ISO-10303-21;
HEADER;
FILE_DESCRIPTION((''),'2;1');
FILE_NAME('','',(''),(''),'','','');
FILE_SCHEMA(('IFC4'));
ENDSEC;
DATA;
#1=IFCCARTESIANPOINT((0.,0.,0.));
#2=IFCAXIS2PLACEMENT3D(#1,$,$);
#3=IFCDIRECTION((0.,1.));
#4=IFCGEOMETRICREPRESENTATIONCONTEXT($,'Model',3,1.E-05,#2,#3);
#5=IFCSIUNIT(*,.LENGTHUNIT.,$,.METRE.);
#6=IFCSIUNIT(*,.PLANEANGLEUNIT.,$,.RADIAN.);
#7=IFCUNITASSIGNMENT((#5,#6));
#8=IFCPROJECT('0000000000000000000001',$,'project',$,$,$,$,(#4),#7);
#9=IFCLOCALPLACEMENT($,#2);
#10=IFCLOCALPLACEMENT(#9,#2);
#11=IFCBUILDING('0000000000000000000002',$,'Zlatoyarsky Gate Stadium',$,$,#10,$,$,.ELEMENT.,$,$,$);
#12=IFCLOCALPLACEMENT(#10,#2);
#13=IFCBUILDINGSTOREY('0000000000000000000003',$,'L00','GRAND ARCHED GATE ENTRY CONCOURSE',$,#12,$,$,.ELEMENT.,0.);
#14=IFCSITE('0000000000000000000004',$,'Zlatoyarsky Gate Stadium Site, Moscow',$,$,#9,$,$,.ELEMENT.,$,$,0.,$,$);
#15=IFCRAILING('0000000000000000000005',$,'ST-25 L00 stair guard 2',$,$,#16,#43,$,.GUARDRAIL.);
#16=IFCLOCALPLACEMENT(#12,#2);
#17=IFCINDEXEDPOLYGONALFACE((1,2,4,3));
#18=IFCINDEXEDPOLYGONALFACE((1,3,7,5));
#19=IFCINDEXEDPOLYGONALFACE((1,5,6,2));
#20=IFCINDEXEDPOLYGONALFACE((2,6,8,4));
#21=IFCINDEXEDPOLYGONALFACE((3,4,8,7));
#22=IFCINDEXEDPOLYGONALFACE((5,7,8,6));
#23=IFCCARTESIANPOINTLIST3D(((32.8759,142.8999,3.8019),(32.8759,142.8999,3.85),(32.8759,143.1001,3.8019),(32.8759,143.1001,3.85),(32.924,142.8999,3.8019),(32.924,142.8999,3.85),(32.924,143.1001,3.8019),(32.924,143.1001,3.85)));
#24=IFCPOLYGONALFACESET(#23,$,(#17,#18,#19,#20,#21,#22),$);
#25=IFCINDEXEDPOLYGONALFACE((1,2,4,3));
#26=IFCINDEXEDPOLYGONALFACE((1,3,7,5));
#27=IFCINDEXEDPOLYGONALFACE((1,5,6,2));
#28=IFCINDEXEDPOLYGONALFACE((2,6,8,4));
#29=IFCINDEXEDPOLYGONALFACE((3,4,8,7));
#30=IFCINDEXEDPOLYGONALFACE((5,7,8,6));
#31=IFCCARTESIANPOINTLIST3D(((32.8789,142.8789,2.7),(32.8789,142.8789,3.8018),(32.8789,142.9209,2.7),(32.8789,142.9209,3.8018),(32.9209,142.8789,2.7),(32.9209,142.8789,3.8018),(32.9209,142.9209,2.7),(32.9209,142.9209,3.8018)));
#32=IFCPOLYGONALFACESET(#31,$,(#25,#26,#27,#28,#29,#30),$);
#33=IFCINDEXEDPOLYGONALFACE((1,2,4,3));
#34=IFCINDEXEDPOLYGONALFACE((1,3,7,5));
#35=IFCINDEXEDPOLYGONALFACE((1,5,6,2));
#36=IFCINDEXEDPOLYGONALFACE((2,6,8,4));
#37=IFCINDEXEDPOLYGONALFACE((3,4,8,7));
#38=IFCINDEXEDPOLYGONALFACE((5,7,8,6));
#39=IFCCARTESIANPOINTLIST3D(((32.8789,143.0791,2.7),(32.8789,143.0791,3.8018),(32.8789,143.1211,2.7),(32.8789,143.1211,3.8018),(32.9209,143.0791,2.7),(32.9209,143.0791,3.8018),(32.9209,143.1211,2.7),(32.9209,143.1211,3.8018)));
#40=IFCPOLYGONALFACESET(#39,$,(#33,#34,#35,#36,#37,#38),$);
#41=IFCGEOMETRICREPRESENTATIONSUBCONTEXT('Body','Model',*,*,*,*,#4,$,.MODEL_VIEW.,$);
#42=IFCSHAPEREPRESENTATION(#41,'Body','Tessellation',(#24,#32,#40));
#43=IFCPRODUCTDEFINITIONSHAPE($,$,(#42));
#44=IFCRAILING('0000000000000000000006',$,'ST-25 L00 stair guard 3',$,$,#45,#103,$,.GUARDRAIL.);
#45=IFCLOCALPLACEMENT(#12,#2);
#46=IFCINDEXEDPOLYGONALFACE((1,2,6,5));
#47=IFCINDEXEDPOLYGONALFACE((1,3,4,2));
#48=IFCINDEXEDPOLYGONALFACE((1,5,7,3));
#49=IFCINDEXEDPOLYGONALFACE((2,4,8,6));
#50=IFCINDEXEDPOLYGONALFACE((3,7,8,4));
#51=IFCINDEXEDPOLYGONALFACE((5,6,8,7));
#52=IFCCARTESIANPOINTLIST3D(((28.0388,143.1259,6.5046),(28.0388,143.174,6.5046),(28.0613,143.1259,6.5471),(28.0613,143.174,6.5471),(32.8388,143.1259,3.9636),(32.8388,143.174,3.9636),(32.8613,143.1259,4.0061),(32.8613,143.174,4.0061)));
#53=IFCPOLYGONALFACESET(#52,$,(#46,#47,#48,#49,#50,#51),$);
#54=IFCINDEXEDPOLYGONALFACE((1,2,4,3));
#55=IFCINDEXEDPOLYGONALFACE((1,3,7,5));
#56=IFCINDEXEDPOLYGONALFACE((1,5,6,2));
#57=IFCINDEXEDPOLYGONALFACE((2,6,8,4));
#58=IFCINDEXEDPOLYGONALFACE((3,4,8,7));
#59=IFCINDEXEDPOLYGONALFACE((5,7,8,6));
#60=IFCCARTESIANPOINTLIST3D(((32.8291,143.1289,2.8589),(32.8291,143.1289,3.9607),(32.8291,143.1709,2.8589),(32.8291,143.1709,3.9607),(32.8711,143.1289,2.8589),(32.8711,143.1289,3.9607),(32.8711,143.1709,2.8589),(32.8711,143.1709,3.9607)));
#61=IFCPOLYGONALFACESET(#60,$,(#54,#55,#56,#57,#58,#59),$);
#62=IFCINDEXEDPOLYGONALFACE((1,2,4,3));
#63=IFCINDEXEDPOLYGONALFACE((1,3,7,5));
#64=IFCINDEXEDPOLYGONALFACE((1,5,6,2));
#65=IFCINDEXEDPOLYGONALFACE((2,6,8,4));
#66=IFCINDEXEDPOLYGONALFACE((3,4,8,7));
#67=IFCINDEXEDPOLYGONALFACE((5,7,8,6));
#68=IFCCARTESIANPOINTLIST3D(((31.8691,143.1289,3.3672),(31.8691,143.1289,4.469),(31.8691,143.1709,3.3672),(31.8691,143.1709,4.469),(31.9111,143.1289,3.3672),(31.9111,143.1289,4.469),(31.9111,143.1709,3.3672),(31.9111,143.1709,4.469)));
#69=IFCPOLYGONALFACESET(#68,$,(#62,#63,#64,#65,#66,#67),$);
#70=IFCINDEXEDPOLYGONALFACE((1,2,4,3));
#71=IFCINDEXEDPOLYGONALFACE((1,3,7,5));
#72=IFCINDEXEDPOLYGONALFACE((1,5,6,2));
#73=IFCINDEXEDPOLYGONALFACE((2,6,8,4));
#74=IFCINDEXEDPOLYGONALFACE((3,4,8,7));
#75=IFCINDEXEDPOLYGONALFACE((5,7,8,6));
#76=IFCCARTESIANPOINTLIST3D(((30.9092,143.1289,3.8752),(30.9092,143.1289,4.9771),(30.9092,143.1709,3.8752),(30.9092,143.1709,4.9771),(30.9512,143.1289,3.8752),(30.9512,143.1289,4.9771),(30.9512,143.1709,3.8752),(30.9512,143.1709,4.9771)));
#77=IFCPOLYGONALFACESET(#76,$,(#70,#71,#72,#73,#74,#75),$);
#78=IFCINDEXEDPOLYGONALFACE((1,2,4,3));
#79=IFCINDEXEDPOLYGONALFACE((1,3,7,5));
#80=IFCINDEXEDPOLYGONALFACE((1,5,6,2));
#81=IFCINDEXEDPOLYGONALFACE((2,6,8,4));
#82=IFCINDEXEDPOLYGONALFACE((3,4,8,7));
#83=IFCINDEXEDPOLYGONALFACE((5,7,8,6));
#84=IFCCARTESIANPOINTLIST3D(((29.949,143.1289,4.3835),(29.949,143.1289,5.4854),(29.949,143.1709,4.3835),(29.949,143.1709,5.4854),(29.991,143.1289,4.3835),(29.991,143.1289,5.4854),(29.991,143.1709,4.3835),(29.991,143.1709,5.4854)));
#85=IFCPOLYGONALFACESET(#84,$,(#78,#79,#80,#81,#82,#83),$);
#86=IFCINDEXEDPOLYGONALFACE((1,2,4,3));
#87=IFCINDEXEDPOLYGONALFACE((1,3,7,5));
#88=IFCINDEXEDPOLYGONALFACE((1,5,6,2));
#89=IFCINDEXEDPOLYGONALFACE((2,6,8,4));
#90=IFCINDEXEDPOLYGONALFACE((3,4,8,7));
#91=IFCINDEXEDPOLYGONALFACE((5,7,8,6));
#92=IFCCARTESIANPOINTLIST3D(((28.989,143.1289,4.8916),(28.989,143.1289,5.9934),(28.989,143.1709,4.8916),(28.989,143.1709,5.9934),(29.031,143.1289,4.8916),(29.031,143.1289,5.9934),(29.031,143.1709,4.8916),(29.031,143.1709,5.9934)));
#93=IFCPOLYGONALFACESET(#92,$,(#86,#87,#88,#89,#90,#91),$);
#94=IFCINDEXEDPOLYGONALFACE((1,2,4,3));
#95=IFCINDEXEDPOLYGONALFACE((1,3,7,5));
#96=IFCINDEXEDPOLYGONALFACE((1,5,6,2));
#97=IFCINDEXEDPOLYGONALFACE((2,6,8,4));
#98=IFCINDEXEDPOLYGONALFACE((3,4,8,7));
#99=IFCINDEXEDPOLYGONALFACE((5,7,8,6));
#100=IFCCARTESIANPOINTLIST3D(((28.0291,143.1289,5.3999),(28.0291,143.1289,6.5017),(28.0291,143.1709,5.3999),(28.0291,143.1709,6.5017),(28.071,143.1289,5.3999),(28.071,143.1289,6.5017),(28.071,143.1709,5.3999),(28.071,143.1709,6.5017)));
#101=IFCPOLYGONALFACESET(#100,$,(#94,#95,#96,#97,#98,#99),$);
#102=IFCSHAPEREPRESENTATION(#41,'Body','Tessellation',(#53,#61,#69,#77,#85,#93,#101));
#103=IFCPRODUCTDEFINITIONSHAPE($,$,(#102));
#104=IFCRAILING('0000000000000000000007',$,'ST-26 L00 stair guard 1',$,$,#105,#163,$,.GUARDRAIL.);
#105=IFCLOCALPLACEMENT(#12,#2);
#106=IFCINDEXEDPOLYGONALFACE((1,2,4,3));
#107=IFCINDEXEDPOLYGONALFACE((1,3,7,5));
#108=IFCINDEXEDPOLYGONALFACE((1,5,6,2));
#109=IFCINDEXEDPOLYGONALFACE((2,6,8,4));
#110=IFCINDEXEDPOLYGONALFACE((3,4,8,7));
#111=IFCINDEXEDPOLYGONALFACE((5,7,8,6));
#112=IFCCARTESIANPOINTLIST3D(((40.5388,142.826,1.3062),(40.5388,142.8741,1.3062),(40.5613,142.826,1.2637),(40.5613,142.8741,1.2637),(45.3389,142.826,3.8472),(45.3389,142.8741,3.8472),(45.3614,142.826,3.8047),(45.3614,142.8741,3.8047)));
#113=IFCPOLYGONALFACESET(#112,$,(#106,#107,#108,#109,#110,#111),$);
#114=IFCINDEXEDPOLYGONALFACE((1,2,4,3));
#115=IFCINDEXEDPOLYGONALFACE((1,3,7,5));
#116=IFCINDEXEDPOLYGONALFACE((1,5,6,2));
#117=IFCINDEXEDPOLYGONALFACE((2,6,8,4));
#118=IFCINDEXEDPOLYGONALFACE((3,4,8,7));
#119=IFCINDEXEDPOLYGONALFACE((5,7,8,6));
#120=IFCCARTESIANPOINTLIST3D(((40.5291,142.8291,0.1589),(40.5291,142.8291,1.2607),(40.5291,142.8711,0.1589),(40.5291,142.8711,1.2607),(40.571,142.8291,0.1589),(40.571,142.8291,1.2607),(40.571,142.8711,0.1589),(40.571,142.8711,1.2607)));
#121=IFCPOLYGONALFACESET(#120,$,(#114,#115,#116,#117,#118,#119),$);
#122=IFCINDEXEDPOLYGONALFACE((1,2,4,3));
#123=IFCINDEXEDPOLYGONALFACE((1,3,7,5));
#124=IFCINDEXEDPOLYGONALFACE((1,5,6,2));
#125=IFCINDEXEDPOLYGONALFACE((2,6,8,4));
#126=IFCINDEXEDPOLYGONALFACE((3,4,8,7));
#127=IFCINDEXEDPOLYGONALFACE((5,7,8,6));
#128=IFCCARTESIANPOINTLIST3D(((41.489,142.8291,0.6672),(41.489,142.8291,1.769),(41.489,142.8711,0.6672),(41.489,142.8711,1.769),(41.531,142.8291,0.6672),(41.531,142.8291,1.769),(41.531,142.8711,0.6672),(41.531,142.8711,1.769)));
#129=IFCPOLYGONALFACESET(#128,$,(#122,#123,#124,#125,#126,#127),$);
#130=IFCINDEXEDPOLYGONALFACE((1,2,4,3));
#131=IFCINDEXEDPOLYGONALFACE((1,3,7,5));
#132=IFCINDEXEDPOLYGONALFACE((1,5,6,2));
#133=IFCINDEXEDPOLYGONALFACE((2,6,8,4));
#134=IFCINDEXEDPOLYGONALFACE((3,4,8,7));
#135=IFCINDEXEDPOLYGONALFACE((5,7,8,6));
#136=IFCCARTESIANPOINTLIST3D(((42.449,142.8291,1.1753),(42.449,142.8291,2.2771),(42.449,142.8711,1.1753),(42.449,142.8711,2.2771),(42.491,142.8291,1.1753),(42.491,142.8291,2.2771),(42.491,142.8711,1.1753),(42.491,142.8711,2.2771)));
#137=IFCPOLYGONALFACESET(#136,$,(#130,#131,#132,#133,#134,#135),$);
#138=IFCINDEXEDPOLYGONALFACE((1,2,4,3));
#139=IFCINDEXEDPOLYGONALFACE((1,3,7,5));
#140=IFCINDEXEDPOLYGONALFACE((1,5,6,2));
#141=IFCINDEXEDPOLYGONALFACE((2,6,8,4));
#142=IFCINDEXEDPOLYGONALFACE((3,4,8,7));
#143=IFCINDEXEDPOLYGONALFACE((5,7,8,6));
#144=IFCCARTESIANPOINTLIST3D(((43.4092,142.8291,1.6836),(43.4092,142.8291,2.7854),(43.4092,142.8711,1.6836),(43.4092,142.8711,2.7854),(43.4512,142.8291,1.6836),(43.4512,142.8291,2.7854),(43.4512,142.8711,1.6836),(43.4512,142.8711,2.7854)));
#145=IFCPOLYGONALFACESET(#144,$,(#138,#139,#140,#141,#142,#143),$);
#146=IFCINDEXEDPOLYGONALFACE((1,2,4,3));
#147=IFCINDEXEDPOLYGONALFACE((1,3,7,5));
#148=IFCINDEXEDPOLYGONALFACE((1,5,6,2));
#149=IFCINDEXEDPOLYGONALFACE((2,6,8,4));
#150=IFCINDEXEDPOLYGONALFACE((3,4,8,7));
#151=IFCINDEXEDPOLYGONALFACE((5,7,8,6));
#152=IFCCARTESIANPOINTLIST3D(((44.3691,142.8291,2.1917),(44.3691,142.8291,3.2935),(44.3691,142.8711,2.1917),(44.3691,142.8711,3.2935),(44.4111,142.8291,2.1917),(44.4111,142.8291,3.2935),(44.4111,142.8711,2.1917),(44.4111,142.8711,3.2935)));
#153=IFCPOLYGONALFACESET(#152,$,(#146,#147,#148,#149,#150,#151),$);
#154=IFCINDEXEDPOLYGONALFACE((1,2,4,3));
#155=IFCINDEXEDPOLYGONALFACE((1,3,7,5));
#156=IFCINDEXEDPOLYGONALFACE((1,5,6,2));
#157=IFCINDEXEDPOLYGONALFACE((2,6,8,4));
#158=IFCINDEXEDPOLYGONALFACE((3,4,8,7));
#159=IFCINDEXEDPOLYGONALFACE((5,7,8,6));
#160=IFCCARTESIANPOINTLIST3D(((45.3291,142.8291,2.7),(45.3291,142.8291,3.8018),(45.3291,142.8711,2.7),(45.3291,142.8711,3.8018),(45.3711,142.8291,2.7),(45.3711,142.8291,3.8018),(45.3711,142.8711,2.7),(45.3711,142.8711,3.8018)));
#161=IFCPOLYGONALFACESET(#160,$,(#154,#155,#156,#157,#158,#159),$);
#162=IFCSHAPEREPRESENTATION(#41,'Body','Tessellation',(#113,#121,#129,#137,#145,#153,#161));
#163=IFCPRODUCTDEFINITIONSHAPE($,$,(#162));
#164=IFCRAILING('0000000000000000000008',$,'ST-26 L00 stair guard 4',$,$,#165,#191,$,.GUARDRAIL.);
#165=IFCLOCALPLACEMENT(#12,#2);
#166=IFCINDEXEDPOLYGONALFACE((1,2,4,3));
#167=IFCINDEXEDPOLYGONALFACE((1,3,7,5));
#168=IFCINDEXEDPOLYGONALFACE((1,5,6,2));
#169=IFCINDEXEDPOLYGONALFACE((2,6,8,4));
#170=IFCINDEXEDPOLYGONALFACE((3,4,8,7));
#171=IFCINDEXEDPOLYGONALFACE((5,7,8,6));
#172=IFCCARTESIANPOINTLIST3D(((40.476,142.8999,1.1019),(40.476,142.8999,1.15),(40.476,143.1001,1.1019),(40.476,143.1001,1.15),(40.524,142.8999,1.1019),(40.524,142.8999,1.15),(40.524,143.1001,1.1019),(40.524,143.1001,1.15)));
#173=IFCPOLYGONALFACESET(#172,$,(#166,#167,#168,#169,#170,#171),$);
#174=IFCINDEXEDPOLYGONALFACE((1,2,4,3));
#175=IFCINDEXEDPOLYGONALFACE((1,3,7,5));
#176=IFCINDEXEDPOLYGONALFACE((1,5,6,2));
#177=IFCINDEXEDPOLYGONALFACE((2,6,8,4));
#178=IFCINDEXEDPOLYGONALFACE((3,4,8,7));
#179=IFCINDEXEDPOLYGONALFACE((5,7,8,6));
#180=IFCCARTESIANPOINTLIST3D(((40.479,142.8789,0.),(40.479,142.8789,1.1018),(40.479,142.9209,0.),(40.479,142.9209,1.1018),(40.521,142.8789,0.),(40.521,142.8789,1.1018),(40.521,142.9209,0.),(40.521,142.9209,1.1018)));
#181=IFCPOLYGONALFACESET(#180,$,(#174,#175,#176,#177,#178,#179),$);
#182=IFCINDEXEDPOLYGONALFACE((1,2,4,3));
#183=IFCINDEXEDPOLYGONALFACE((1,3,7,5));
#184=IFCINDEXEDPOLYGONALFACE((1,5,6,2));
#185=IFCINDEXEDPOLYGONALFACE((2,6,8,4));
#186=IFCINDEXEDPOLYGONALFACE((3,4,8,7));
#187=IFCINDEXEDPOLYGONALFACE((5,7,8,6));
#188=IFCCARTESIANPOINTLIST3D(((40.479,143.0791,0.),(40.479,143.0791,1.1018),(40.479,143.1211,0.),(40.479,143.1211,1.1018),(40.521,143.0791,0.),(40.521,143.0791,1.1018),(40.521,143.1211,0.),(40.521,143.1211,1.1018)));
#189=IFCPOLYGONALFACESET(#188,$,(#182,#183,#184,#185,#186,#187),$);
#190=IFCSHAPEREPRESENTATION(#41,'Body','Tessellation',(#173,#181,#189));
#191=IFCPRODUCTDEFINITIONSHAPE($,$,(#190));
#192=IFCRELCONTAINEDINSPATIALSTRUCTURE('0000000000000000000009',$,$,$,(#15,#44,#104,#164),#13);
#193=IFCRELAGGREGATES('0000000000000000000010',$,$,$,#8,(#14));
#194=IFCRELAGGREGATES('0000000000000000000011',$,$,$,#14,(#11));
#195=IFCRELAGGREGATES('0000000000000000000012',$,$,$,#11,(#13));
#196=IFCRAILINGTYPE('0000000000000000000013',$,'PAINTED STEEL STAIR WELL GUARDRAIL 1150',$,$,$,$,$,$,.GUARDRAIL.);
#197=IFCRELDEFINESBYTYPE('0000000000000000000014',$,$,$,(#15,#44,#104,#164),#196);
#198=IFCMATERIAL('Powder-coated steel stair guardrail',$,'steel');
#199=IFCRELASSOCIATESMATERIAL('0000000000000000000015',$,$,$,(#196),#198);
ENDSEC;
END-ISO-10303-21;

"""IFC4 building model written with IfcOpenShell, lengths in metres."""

from ifc_helpers import new_model, si_unit, direction, frame, origin, origin_2d, place, context, subcontext, project, spatial, rectangle, extrude, material, type_object, element, save


model = new_model("IFC4")

# Units and contexts
model_context = context("Model", 3, precision=1e-05, world=origin(), true_north=direction((0.0, 1.0)))
body_context = subcontext(model_context, "Body", "Model", "MODEL_VIEW")
ifc_project = project(units=[si_unit("LENGTHUNIT", "METRE"), si_unit("PLANEANGLEUNIT", "RADIAN")], contexts=[model_context])

# Site, building, storey
site_placement = place(None, origin())
site = spatial("IfcSite", under=ifc_project, at=site_placement, Name="Zlatoyarsky Gate Stadium Site, Moscow", CompositionType="ELEMENT", RefElevation=0.0)
building_placement = place(site_placement, origin())
building = spatial("IfcBuilding", under=site, at=building_placement, Name="Zlatoyarsky Gate Stadium", CompositionType="ELEMENT")
storey_placement = place(building_placement, origin())
storey = spatial("IfcBuildingStorey", under=building, at=storey_placement, Name="L00", Description="GRAND ARCHED GATE ENTRY CONCOURSE", CompositionType="ELEMENT", Elevation=0.0)

# Railings
ifc_material_1 = material(Name="Powder-coated steel stair guardrail", Category="steel")
railing_type_1 = type_object("IfcRailingType", Name="PAINTED STEEL STAIR WELL GUARDRAIL 1150", PredefinedType="GUARDRAIL", material=ifc_material_1)
railing_1_placement = place(storey_placement, frame((32.8999, 142.8999, 2.7)))
element("IfcRailing", 1, at=railing_1_placement, inside=storey, type_object=railing_type_1, Name="ST-25 L00 stair guard 2", PredefinedType="GUARDRAIL", context=body_context, shape_type="SweptSolid", body=[
    extrude(rectangle(XDim=0.0481, YDim=0.0481, at=origin_2d()), frame((0.0, 0.0, 1.126), z_axis=(0.0, 1.0, 0.0), x_axis=(-1.0, 0.0, 0.0)), (0.0, 0.0, 1.0), 0.2002),
    extrude(rectangle(XDim=0.042, YDim=0.042, at=origin_2d()), origin(), (0.0, 0.0, 1.0), 1.1018),
    extrude(rectangle(XDim=0.042, YDim=0.042, at=origin_2d()), frame((0.0, 0.2002, 0.0)), (0.0, 0.0, 1.0), 1.1018),
])
railing_2_placement = place(storey_placement, frame((32.8501, 143.1499, 2.8589)))
element("IfcRailing", 2, at=railing_2_placement, inside=storey, type_object=railing_type_1, Name="ST-25 L00 stair guard 3", PredefinedType="GUARDRAIL", context=body_context, shape_type="SweptSolid", body=[
    extrude(rectangle(XDim=0.0481, YDim=0.0481, at=origin_2d()), frame((0.0, 0.0, 1.126), z_axis=(-0.883802, 0.0, 0.467861), x_axis=(0.0, -1.0, 0.0)), (0.0, 0.0, 1.0), 5.4312),
    extrude(rectangle(XDim=0.042, YDim=0.042, at=origin_2d()), origin(), (0.0, 0.0, 1.0), 1.1018),
    extrude(rectangle(XDim=0.042, YDim=0.042, at=origin_2d()), frame((-0.96, 0.0, 0.5083)), (0.0, 0.0, 1.0), 1.1018),
    extrude(rectangle(XDim=0.042, YDim=0.042, at=origin_2d()), frame((-1.9199, 0.0, 1.0164)), (0.0, 0.0, 1.0), 1.1018),
    extrude(rectangle(XDim=0.042, YDim=0.042, at=origin_2d()), frame((-2.8801, 0.0, 1.5247)), (0.0, 0.0, 1.0), 1.1018),
    extrude(rectangle(XDim=0.042, YDim=0.042, at=origin_2d()), frame((-3.8401, 0.0, 2.0327)), (0.0, 0.0, 1.0), 1.1018),
    extrude(rectangle(XDim=0.042, YDim=0.042, at=origin_2d()), frame((-4.8, 0.0, 2.541)), (0.0, 0.0, 1.0), 1.1018),
])
railing_3_placement = place(storey_placement, frame((40.55, 142.8501, 0.1589)))
element("IfcRailing", 3, at=railing_3_placement, inside=storey, type_object=railing_type_1, Name="ST-26 L00 stair guard 1", PredefinedType="GUARDRAIL", context=body_context, shape_type="SweptSolid", body=[
    extrude(rectangle(XDim=0.0481, YDim=0.0481, at=origin_2d()), frame((0.0, 0.0, 1.126), z_axis=(0.883802, 0.0, 0.467861), x_axis=(0.0, 1.0, 0.0)), (0.0, 0.0, 1.0), 5.4312),
    extrude(rectangle(XDim=0.042, YDim=0.042, at=origin_2d()), origin(), (0.0, 0.0, 1.0), 1.1018),
    extrude(rectangle(XDim=0.042, YDim=0.042, at=origin_2d()), frame((0.96, 0.0, 0.5083)), (0.0, 0.0, 1.0), 1.1018),
    extrude(rectangle(XDim=0.042, YDim=0.042, at=origin_2d()), frame((1.9199, 0.0, 1.0164)), (0.0, 0.0, 1.0), 1.1018),
    extrude(rectangle(XDim=0.042, YDim=0.042, at=origin_2d()), frame((2.8801, 0.0, 1.5247)), (0.0, 0.0, 1.0), 1.1018),
    extrude(rectangle(XDim=0.042, YDim=0.042, at=origin_2d()), frame((3.8401, 0.0, 2.0327)), (0.0, 0.0, 1.0), 1.1018),
    extrude(rectangle(XDim=0.042, YDim=0.042, at=origin_2d()), frame((4.8, 0.0, 2.541)), (0.0, 0.0, 1.0), 1.1018),
])
railing_4_placement = place(storey_placement, frame((40.5, 142.8999, 0.0)))
element("IfcRailing", 4, at=railing_4_placement, inside=storey, type_object=railing_type_1, Name="ST-26 L00 stair guard 4", PredefinedType="GUARDRAIL", context=body_context, shape_type="SweptSolid", body=[
    extrude(rectangle(XDim=0.0481, YDim=0.0481, at=origin_2d()), frame((0.0, 0.0, 1.126), z_axis=(0.0, 1.0, 0.0), x_axis=(-1.0, 0.0, 0.0)), (0.0, 0.0, 1.0), 0.2002),
    extrude(rectangle(XDim=0.042, YDim=0.042, at=origin_2d()), origin(), (0.0, 0.0, 1.0), 1.1018),
    extrude(rectangle(XDim=0.042, YDim=0.042, at=origin_2d()), frame((0.0, 0.2002, 0.0)), (0.0, 0.0, 1.0), 1.1018),
])

save(model, "model.ifc")
